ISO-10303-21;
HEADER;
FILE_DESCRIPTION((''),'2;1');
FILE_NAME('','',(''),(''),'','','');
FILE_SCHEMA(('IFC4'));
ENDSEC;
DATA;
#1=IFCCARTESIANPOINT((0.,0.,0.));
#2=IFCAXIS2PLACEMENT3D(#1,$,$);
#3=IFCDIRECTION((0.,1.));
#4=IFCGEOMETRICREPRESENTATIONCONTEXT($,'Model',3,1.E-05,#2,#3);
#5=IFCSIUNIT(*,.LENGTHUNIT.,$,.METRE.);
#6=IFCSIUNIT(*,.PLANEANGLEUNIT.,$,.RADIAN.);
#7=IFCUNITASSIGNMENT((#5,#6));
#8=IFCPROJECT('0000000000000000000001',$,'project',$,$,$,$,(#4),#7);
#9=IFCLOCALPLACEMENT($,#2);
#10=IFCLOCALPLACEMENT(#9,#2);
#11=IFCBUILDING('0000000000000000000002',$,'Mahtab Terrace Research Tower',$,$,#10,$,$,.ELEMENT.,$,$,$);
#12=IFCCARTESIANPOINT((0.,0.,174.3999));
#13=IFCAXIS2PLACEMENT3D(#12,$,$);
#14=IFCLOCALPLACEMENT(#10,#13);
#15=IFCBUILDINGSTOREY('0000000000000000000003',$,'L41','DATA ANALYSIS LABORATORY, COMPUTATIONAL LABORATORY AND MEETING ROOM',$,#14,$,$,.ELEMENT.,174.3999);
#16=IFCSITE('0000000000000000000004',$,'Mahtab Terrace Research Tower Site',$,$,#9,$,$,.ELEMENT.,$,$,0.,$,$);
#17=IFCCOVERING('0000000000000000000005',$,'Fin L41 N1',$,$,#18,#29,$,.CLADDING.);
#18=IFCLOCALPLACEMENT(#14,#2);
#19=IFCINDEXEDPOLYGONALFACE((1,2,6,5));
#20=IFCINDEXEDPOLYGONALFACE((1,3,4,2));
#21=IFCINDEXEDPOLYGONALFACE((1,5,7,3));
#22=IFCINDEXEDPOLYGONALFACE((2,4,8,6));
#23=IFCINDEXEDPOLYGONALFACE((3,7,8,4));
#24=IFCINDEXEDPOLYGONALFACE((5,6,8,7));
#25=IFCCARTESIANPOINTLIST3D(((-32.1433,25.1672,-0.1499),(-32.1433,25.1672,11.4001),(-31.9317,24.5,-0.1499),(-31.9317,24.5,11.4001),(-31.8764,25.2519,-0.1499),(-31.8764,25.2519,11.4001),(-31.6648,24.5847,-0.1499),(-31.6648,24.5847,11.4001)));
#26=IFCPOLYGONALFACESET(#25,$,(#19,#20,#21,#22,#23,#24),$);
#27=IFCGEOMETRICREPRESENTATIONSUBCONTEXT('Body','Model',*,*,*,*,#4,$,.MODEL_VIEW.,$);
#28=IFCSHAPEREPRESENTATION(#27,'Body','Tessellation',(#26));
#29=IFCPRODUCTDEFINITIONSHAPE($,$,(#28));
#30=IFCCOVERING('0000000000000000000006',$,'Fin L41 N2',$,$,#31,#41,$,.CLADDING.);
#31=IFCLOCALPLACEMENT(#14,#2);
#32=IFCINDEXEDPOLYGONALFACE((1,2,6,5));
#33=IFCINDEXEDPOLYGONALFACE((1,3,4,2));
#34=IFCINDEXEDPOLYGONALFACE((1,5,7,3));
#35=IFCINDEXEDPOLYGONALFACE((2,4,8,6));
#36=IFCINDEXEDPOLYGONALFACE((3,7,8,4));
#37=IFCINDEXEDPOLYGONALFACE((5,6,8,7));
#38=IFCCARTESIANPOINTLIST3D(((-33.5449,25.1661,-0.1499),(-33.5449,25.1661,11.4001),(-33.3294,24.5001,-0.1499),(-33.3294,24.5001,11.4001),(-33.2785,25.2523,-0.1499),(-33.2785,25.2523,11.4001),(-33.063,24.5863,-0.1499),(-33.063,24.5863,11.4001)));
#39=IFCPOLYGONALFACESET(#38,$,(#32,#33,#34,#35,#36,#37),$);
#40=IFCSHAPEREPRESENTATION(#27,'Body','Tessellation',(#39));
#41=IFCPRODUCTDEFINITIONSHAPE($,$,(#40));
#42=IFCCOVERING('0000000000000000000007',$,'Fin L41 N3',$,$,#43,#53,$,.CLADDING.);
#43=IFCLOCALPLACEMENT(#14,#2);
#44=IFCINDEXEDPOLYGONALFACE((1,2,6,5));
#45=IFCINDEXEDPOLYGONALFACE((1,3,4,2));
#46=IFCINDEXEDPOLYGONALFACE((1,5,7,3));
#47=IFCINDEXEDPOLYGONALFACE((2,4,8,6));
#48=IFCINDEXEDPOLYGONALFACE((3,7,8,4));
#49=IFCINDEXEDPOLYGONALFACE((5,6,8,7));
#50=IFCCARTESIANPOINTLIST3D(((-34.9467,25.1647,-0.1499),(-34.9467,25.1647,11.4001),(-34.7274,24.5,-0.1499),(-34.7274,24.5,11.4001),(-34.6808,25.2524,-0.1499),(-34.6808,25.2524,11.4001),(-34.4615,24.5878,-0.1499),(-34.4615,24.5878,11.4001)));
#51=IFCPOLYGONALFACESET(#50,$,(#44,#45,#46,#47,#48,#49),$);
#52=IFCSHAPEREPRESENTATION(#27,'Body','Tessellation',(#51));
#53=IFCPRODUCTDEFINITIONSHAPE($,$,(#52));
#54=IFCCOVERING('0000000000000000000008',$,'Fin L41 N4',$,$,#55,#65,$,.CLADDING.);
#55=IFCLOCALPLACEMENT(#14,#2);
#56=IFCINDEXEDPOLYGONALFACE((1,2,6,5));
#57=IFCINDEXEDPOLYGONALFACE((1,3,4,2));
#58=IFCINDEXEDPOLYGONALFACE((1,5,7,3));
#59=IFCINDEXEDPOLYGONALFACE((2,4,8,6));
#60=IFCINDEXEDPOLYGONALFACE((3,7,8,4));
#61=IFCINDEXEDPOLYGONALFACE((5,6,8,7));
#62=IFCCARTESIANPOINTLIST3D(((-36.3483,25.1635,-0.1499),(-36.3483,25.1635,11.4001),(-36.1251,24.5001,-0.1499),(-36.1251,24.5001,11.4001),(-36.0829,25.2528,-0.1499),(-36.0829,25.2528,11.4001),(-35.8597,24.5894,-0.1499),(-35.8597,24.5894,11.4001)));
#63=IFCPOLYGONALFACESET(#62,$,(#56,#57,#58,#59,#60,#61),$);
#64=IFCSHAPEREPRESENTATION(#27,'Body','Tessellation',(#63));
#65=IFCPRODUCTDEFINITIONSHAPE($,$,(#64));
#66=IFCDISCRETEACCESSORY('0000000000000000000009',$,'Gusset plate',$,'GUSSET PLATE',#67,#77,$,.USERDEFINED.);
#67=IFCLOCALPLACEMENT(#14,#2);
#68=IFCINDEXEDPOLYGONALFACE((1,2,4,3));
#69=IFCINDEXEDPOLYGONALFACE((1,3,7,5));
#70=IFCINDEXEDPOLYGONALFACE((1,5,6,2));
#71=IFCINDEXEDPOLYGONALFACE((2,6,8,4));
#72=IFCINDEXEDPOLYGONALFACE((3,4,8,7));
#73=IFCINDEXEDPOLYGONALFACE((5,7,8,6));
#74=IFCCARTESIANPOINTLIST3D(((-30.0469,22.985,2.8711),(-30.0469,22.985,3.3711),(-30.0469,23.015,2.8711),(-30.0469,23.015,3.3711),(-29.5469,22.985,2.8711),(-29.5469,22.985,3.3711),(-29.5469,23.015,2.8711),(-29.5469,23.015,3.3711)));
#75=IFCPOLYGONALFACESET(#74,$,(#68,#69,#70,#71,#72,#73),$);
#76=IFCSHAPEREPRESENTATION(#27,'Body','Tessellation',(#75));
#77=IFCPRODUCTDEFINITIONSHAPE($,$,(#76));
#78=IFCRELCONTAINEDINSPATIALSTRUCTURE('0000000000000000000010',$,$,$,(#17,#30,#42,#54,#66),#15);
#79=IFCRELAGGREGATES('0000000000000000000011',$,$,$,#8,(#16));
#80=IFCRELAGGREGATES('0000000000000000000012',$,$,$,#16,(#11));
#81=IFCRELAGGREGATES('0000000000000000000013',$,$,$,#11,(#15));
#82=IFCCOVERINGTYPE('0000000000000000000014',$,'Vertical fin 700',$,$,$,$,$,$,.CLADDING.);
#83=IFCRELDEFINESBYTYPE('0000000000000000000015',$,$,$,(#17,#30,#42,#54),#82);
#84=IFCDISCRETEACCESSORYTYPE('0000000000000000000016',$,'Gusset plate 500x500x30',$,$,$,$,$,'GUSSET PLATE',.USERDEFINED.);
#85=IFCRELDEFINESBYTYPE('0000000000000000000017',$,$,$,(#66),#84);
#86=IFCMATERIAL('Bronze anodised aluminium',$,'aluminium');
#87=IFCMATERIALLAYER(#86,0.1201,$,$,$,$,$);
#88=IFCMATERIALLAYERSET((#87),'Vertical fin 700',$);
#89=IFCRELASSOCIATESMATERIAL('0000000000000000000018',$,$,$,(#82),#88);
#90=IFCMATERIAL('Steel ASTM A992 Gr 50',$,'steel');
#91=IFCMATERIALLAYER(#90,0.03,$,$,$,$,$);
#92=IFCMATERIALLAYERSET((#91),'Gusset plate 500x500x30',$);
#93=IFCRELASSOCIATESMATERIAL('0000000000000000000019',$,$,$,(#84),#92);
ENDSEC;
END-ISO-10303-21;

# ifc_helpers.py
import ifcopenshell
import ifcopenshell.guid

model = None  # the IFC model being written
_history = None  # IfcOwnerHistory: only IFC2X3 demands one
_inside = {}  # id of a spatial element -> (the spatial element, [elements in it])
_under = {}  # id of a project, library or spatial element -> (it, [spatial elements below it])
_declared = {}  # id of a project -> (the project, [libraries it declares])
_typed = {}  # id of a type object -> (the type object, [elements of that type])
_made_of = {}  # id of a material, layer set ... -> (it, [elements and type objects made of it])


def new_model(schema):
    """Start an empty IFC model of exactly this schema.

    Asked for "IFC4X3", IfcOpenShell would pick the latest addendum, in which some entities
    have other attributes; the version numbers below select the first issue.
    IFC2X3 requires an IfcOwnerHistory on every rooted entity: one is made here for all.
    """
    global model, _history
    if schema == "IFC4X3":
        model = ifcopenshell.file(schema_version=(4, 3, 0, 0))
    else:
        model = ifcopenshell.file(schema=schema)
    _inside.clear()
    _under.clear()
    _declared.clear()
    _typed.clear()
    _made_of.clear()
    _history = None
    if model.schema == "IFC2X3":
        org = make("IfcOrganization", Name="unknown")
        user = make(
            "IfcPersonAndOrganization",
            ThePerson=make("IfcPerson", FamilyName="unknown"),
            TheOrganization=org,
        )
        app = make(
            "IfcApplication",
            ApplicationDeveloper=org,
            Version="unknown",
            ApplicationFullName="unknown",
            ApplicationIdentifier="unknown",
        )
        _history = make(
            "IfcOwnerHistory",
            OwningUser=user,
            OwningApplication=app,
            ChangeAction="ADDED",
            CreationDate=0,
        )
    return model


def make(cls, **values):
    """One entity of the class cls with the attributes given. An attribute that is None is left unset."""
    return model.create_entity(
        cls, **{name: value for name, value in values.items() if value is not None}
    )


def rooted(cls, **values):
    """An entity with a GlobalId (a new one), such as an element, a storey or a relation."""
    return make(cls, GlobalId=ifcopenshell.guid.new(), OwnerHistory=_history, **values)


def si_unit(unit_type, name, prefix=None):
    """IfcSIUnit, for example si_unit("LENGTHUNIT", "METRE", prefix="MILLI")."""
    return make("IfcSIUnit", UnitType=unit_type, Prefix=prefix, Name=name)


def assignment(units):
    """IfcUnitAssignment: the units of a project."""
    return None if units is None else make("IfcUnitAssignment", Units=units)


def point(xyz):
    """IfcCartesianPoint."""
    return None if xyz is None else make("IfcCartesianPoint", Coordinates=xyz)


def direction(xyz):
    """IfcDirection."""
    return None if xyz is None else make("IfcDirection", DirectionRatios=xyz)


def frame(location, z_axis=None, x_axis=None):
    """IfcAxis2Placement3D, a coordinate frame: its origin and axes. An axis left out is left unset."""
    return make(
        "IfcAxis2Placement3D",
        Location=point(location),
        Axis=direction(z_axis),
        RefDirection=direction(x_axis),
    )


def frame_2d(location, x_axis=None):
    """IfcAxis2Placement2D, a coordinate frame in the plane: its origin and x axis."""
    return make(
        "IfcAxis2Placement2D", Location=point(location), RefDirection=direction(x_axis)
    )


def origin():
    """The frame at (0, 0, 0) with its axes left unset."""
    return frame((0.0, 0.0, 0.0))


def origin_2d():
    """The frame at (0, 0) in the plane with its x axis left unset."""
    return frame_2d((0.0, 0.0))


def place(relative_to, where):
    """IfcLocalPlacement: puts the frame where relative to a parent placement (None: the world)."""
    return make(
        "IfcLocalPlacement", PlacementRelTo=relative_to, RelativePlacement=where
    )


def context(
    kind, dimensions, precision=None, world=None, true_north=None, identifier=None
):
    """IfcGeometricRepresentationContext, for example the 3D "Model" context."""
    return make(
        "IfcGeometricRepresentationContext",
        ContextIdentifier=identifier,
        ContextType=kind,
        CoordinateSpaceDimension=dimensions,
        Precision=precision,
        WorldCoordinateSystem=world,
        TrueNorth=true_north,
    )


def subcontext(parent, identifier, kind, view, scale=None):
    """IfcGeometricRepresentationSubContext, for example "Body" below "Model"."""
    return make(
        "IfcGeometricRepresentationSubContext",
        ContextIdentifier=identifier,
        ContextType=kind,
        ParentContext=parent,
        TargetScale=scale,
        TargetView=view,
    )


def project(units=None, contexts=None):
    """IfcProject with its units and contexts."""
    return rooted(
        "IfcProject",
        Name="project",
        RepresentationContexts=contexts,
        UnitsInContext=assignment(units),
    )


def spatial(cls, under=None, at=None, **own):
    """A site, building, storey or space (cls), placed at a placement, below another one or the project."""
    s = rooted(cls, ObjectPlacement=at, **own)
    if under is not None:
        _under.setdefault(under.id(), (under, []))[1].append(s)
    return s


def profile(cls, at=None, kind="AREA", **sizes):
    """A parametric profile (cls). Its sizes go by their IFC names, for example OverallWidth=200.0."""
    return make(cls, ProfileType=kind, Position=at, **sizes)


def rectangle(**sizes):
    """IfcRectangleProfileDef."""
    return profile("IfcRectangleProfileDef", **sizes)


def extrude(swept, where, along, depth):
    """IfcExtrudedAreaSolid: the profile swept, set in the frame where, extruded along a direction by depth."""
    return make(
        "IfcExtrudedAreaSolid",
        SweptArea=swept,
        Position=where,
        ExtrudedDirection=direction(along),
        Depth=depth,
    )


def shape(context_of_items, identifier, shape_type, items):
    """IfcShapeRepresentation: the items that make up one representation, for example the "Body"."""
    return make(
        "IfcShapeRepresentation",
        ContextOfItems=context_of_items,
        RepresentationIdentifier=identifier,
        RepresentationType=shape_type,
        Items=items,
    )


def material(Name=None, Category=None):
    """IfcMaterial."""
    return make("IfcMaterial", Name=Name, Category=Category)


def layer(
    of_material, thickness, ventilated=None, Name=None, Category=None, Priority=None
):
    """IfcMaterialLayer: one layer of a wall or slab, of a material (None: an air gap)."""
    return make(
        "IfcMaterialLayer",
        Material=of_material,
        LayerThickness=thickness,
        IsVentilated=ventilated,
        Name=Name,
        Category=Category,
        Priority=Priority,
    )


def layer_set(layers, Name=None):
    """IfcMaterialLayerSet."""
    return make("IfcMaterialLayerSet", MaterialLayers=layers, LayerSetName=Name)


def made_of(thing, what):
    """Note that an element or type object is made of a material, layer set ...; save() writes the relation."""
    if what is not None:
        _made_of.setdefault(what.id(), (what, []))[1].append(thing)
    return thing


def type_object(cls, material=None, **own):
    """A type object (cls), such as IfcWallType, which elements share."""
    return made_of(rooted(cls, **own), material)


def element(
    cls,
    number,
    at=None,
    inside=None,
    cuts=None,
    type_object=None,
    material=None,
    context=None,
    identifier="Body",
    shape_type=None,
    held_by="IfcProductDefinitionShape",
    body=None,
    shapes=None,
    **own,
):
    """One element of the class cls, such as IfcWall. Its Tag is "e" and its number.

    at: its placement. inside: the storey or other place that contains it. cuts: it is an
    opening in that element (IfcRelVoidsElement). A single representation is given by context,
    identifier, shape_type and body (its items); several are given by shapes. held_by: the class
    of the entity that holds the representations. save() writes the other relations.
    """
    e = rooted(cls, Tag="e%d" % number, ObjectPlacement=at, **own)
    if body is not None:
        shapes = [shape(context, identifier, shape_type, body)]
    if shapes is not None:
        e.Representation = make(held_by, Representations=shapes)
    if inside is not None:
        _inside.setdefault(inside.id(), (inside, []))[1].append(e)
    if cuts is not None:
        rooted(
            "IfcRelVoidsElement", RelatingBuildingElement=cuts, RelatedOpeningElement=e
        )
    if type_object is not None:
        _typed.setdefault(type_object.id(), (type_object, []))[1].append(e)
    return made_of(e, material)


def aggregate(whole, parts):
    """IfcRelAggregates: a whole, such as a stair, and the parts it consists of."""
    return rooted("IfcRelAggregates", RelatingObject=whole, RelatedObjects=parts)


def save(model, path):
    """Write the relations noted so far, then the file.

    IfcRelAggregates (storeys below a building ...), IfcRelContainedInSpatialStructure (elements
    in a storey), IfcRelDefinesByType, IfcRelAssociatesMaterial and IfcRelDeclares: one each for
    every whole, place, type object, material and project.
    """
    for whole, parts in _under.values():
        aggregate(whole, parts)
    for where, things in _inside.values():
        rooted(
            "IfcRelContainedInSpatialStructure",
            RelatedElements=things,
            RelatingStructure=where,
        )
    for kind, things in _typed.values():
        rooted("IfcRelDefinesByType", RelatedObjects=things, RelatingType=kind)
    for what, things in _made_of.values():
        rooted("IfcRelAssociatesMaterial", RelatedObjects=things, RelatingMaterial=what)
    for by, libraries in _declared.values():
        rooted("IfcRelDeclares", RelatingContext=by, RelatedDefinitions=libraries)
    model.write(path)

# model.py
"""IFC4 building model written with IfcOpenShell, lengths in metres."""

from ifc_helpers import new_model, si_unit, direction, frame, origin, origin_2d, place, context, subcontext, project, spatial, rectangle, extrude, material, layer, layer_set, type_object, element, save


model = new_model("IFC4")

# Units and contexts
model_context = context("Model", 3, precision=1e-05, world=origin(), true_north=direction((0.0, 1.0)))
body_context = subcontext(model_context, "Body", "Model", "MODEL_VIEW")
ifc_project = project(units=[si_unit("LENGTHUNIT", "METRE"), si_unit("PLANEANGLEUNIT", "RADIAN")], contexts=[model_context])

# Site, building, storey
site_placement = place(None, origin())
site = spatial("IfcSite", under=ifc_project, at=site_placement, Name="Mahtab Terrace Research Tower Site", CompositionType="ELEMENT", RefElevation=0.0)
building_placement = place(site_placement, origin())
building = spatial("IfcBuilding", under=site, at=building_placement, Name="Mahtab Terrace Research Tower", CompositionType="ELEMENT")
storey_placement = place(building_placement, frame((0.0, 0.0, 174.3999)))
storey = spatial("IfcBuildingStorey", under=building, at=storey_placement, Name="L41", Description="DATA ANALYSIS LABORATORY, COMPUTATIONAL LABORATORY AND MEETING ROOM", CompositionType="ELEMENT", Elevation=174.3999)

# Shared definitions
ifc_material_1 = material(Name="Steel ASTM A992 Gr 50", Category="steel")

# Coverings
ifc_material_2 = material(Name="Bronze anodised aluminium", Category="aluminium")
ifc_layer_1 = layer(ifc_material_2, 0.1201)
ifc_layer_set_1 = layer_set([ifc_layer_1], Name="Vertical fin 700")
covering_type = type_object("IfcCoveringType", Name="Vertical fin 700", PredefinedType="CLADDING", material=ifc_layer_set_1)
for number, where, z_axis, x_axis, name in (
    (1, (-31.9041, 24.876, -0.1499), (0.0, 0.0, 1.0), (-0.953211, -0.302307, 0.0), "Fin L41 N1"),
    (2, (-33.304, 24.8762, -0.1499), (0.0, 0.0, 1.0), (-0.951436, -0.307847, 0.0), "Fin L41 N2"),
    (3, (-34.7041, 24.8762, -0.1499), (0.0, 0.0, 1.0), (-0.949629, -0.313377, 0.0), "Fin L41 N3"),
    (4, (-36.104, 24.8765, -0.1499), (0.0, 0.0, 1.0), (-0.94779, -0.318896, 0.0), "Fin L41 N4"),
):
    element("IfcCovering", number, at=place(storey_placement, frame(where, z_axis=z_axis, x_axis=x_axis)), inside=storey, type_object=covering_type, Name=name, PredefinedType="CLADDING", context=body_context, shape_type="SweptSolid", body=[
        extrude(rectangle(XDim=0.28, YDim=0.7, at=origin_2d()), origin(), (0.0, 0.0, 1.0), 11.55),
    ])

# Discrete accessory
ifc_layer_2 = layer(ifc_material_1, 0.03)
ifc_layer_set_2 = layer_set([ifc_layer_2], Name="Gusset plate 500x500x30")
discrete_accessory_type = type_object("IfcDiscreteAccessoryType", Name="Gusset plate 500x500x30", ElementType="GUSSET PLATE", PredefinedType="USERDEFINED", material=ifc_layer_set_2)
discrete_accessory_placement = place(storey_placement, frame((-29.7969, 23.0, 2.8711), z_axis=(0.0, 0.0, 1.0), x_axis=(1.0, 0.0, 0.0)))
element("IfcDiscreteAccessory", 5, at=discrete_accessory_placement, inside=storey, type_object=discrete_accessory_type, Name="Gusset plate", ObjectType="GUSSET PLATE", PredefinedType="USERDEFINED", context=body_context, shape_type="SweptSolid", body=[
    extrude(rectangle(XDim=0.5, YDim=0.03, at=origin_2d()), origin(), (0.0, 0.0, 1.0), 0.5),
])

save(model, "model.ifc")
